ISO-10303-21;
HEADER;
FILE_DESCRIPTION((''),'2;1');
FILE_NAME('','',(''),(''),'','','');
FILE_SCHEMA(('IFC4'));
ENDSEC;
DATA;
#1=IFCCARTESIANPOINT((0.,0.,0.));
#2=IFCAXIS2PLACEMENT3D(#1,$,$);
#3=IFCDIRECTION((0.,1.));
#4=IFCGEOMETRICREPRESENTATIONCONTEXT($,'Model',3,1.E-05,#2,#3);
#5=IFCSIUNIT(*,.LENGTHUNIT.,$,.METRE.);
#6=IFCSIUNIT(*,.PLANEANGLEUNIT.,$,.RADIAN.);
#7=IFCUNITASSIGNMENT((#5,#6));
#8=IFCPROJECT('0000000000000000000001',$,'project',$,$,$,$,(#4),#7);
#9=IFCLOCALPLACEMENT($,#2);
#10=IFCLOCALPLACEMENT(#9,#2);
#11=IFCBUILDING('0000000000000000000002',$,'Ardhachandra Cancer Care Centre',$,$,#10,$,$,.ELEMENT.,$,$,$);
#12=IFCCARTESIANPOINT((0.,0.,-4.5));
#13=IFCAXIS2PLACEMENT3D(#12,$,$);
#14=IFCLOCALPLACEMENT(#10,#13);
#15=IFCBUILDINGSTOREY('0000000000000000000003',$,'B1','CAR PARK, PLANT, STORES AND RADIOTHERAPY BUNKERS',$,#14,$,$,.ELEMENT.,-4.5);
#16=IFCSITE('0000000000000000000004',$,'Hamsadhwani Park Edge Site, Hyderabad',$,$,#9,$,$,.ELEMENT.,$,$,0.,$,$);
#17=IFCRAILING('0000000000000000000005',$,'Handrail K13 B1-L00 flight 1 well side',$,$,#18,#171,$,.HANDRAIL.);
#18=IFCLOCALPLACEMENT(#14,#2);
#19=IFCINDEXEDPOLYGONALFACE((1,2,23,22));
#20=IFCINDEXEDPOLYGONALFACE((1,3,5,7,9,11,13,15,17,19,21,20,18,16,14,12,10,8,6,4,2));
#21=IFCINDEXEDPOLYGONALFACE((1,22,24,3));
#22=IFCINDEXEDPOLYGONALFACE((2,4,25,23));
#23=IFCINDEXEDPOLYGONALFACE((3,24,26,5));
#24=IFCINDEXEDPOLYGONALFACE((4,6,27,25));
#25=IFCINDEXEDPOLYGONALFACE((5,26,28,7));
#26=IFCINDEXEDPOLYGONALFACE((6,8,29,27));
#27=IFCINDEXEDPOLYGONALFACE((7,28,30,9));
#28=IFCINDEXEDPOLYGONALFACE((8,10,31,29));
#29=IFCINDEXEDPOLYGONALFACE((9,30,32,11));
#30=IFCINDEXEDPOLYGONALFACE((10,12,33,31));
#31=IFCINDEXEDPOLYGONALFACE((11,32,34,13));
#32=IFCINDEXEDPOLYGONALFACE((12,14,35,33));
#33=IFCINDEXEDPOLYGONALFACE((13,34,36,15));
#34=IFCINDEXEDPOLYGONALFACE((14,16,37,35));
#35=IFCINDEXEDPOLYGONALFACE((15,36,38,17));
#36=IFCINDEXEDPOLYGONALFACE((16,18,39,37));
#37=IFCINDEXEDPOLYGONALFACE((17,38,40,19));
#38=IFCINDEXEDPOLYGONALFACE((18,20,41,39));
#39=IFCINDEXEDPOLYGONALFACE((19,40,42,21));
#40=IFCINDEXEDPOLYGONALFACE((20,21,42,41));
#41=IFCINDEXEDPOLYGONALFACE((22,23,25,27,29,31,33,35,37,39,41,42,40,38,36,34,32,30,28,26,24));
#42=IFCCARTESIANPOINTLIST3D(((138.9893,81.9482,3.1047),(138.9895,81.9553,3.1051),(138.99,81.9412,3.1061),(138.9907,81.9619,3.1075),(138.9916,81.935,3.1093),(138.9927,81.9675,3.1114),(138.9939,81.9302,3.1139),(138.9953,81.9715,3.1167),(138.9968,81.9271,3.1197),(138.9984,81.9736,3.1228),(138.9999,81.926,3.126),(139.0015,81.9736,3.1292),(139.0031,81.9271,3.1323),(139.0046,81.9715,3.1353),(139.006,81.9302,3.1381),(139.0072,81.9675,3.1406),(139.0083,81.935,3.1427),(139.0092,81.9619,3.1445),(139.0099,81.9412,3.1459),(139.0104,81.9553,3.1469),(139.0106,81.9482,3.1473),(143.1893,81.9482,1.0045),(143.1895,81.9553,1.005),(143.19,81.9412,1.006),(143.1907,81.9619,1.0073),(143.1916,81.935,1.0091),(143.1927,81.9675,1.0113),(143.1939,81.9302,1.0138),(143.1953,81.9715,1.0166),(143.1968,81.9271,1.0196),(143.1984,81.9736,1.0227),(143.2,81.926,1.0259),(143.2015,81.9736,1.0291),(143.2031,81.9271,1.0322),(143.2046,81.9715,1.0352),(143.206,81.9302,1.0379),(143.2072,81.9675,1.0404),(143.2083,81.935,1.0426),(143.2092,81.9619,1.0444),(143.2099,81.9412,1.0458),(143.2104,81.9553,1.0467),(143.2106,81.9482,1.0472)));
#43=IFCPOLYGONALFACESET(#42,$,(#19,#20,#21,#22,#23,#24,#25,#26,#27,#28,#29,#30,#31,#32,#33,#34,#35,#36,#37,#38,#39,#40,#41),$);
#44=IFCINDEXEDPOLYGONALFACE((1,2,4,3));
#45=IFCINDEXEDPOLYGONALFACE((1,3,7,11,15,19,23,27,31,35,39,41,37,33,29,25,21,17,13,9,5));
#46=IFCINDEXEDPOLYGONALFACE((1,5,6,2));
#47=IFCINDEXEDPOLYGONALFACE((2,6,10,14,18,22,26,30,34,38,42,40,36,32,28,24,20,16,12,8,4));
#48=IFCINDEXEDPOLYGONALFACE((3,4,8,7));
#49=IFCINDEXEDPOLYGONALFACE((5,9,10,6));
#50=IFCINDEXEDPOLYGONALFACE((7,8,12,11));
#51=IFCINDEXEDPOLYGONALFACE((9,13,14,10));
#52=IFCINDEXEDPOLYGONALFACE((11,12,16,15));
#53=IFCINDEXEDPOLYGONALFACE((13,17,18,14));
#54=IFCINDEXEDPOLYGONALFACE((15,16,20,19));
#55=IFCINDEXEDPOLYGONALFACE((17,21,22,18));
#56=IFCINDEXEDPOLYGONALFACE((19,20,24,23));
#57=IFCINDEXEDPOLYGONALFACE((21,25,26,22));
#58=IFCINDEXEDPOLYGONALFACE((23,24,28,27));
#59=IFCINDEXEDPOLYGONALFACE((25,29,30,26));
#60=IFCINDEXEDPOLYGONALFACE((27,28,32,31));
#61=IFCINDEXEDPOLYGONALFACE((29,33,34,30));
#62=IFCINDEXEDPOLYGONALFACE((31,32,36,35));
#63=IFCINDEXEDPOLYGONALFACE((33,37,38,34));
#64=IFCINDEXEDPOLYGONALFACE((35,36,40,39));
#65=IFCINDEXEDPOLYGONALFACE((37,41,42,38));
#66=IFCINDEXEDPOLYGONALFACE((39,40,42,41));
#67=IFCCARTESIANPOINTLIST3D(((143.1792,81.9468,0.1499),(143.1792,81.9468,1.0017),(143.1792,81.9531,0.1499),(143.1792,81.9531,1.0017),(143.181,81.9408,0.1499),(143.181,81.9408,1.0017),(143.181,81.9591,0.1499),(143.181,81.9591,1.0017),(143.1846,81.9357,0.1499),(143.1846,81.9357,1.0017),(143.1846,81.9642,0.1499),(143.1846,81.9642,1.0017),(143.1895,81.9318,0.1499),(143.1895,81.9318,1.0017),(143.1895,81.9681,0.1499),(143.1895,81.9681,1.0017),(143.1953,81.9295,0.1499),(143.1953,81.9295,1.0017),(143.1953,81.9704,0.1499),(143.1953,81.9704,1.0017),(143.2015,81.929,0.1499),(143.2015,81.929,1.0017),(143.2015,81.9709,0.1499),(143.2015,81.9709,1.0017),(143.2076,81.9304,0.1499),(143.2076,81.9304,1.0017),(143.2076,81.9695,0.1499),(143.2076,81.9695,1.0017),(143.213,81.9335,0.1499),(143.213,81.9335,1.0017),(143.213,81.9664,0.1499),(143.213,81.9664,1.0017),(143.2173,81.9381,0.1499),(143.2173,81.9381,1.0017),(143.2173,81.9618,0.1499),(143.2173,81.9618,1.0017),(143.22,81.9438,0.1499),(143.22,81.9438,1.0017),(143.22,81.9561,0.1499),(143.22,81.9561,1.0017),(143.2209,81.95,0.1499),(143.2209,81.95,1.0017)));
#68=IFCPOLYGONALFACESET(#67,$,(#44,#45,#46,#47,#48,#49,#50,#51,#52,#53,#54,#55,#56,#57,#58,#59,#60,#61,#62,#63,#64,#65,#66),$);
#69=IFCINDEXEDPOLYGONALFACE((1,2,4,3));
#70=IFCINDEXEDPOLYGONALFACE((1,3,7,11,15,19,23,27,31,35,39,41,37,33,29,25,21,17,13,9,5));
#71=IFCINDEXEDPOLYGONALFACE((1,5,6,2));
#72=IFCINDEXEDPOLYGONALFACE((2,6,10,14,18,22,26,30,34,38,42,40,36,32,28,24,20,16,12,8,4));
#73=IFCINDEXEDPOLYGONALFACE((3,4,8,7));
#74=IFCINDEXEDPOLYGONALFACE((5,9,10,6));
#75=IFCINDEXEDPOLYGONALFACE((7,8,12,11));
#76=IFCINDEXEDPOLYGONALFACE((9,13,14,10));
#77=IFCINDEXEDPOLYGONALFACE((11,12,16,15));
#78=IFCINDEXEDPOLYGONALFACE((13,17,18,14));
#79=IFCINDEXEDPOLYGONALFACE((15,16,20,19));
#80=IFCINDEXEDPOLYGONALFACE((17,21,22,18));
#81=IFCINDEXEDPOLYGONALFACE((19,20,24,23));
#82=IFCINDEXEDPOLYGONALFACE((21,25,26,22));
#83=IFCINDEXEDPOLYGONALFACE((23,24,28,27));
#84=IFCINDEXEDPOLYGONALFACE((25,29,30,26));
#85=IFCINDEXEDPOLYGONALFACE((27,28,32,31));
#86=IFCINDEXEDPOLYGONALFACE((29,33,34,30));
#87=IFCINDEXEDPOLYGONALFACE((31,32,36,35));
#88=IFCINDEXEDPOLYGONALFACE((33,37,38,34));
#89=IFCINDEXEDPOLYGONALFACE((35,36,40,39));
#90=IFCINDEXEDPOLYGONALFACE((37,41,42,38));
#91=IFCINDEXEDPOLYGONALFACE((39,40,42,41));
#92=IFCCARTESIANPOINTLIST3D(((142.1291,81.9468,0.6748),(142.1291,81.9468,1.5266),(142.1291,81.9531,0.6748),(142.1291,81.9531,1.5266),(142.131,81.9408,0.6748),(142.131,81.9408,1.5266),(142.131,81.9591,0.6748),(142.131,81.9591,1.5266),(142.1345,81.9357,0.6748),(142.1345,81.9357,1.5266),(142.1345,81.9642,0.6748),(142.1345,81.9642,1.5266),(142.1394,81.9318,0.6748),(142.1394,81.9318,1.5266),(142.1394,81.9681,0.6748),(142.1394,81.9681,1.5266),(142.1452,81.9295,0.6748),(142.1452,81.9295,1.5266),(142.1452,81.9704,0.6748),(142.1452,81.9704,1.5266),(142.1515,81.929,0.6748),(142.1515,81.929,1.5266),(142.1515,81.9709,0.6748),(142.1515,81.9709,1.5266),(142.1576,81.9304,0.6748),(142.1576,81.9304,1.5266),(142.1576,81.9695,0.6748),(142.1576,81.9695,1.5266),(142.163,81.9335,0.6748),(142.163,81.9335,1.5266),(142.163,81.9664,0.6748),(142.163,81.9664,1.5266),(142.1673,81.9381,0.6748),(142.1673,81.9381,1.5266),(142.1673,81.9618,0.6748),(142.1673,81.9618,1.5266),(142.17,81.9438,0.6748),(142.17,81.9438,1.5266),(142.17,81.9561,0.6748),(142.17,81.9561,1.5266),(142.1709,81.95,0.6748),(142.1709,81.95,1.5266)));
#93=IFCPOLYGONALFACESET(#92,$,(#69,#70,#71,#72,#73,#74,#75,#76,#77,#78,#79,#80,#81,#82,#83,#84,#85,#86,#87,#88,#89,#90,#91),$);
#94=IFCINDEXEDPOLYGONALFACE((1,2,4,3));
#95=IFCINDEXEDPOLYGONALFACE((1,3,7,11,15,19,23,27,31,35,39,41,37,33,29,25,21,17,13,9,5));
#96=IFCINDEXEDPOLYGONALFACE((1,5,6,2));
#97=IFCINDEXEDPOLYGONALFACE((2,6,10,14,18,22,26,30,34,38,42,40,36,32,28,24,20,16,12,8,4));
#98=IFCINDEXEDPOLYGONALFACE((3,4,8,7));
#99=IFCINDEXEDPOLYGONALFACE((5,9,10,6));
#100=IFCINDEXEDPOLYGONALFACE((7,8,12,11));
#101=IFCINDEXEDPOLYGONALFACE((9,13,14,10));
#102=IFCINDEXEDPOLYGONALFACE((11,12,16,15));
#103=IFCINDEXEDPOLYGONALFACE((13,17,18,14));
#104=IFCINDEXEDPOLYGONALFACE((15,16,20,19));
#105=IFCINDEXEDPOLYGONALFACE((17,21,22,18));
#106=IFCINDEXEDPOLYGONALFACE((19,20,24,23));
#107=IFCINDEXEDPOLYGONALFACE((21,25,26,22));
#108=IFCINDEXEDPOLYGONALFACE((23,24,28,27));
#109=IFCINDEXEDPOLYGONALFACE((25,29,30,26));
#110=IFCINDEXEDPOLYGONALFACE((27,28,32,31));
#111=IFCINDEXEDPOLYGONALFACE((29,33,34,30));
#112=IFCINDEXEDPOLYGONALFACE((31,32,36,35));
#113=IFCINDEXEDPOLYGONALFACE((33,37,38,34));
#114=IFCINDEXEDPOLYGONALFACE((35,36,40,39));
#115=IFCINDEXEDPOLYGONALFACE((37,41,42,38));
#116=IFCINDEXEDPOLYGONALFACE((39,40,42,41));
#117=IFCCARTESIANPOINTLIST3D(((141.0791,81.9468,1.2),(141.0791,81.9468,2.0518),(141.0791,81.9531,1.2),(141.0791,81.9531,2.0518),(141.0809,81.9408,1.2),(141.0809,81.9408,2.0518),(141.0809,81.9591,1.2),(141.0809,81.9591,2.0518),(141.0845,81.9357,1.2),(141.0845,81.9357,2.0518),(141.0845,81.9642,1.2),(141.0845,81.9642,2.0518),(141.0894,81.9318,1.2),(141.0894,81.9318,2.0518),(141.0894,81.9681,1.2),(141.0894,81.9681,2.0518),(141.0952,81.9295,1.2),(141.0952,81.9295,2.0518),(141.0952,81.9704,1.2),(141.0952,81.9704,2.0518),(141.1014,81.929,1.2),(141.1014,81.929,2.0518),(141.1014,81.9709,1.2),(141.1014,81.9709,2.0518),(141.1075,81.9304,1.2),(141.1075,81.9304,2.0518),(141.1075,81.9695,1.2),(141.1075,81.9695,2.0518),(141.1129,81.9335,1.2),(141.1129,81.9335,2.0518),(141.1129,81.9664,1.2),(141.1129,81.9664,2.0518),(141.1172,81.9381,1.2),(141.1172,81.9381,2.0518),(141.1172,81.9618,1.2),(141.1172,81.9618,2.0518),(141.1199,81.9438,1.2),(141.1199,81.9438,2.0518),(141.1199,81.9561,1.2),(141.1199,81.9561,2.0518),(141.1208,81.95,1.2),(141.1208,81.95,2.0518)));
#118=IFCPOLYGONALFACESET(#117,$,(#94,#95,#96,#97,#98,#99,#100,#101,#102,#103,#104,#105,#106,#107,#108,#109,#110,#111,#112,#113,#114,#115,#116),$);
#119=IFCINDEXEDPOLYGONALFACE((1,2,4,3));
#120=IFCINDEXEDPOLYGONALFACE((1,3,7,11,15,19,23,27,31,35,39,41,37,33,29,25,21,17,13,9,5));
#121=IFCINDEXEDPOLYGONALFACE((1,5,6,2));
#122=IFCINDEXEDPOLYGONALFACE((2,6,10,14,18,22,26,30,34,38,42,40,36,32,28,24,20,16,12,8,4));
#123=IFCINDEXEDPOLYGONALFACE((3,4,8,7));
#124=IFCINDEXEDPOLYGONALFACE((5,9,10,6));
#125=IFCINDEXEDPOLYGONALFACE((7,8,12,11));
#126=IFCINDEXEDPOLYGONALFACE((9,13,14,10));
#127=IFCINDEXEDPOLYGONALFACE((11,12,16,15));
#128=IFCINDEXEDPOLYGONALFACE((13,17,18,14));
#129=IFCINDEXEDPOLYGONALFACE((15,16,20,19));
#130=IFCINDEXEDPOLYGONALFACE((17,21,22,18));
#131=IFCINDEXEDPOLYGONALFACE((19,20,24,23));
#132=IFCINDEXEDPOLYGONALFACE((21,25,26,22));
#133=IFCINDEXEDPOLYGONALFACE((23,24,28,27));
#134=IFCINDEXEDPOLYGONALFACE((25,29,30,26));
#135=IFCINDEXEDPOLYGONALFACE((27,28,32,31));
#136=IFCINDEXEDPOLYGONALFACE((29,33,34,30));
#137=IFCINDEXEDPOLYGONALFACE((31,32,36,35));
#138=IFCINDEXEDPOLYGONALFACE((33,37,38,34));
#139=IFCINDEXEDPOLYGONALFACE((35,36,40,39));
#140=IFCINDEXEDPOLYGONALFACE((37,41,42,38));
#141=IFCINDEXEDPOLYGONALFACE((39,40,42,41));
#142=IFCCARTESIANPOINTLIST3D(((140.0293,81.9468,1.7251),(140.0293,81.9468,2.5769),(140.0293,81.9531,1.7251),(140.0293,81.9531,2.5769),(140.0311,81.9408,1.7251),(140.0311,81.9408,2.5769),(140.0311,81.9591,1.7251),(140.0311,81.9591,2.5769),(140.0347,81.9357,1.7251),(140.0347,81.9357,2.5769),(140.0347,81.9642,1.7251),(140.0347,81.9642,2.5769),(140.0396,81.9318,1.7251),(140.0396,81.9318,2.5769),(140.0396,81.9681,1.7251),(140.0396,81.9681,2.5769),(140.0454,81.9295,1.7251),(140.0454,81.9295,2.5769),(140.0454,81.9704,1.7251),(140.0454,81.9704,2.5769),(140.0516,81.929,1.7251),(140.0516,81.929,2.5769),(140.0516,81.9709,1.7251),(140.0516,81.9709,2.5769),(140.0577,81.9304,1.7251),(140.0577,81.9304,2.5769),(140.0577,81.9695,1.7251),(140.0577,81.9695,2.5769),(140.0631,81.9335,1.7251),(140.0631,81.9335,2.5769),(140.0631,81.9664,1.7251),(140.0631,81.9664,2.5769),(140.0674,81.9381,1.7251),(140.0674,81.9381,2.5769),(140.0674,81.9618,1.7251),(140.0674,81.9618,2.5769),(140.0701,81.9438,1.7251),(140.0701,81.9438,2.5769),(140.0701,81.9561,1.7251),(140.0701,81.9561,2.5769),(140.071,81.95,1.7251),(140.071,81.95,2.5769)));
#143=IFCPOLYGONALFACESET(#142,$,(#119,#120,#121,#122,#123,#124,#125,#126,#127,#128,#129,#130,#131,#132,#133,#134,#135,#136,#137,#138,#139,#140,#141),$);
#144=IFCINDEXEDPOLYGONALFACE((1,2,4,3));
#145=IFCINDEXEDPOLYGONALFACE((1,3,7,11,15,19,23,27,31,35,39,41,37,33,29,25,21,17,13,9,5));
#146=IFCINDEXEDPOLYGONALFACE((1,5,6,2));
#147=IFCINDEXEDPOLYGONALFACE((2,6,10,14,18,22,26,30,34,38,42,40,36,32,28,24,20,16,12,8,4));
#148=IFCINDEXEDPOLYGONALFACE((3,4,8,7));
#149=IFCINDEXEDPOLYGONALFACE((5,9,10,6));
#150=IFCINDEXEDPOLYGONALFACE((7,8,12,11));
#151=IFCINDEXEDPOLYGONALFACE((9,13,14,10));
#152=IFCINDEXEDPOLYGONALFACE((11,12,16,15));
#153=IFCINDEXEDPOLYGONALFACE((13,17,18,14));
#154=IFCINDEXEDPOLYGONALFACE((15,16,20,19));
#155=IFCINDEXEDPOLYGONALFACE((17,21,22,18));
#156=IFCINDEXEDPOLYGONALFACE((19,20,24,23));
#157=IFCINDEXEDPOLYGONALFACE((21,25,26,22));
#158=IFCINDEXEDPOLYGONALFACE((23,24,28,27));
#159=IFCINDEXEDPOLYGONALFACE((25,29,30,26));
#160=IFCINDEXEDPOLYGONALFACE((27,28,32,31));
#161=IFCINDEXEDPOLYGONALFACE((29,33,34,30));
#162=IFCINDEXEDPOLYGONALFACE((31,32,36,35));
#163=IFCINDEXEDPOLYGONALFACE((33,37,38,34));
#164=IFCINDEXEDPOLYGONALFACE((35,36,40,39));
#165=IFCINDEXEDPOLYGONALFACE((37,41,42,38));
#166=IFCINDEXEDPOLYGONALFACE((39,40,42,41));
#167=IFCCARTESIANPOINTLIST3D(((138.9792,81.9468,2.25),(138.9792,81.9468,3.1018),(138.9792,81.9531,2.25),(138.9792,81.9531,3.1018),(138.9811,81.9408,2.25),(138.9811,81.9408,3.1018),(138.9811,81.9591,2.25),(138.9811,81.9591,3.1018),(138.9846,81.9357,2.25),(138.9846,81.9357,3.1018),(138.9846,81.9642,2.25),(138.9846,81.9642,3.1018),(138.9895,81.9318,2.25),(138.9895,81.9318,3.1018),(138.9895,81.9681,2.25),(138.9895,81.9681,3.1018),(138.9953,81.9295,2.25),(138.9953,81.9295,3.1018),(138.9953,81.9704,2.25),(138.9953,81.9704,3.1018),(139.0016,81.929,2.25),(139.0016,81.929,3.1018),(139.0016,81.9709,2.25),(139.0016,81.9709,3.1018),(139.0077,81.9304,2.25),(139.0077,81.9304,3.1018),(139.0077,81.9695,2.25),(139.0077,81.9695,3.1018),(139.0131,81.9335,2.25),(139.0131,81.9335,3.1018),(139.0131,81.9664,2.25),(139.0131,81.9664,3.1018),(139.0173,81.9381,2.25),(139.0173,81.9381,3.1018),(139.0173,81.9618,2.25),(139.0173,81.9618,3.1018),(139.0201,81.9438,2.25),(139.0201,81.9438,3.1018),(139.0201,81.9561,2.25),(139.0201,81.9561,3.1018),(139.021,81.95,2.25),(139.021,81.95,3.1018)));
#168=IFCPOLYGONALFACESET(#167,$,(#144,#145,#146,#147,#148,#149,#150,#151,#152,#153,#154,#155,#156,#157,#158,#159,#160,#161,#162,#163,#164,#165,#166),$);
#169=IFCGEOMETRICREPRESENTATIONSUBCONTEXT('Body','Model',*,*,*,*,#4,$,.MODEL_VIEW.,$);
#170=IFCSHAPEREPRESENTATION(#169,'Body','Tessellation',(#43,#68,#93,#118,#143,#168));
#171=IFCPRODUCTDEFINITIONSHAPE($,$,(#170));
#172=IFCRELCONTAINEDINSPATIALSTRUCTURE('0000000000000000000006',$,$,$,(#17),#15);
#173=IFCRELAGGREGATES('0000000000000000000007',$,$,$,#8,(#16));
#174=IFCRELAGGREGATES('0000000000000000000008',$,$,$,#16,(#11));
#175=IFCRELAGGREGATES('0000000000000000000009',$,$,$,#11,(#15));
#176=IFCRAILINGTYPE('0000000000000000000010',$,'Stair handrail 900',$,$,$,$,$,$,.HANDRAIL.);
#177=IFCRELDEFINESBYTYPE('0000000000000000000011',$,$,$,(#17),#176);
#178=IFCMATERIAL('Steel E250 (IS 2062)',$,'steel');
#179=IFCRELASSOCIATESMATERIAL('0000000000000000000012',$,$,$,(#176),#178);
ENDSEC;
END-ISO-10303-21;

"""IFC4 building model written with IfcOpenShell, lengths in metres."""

from ifc_helpers import new_model, si_unit, direction, frame, origin, origin_2d, place, context, subcontext, project, spatial, circle, extrude, material, type_object, element, save


model = new_model("IFC4")

# Units and contexts
model_context = context("Model", 3, precision=1e-05, world=origin(), true_north=direction((0.0, 1.0)))
body_context = subcontext(model_context, "Body", "Model", "MODEL_VIEW")
ifc_project = project(units=[si_unit("LENGTHUNIT", "METRE"), si_unit("PLANEANGLEUNIT", "RADIAN")], contexts=[model_context])

# Site, building, storey
site_placement = place(None, origin())
site = spatial("IfcSite", under=ifc_project, at=site_placement, Name="Hamsadhwani Park Edge Site, Hyderabad", CompositionType="ELEMENT", RefElevation=0.0)
building_placement = place(site_placement, origin())
building = spatial("IfcBuilding", under=site, at=building_placement, Name="Ardhachandra Cancer Care Centre", CompositionType="ELEMENT")
storey_placement = place(building_placement, frame((0.0, 0.0, -4.5)))
storey = spatial("IfcBuildingStorey", under=building, at=storey_placement, Name="B1", Description="CAR PARK, PLANT, STORES AND RADIOTHERAPY BUNKERS", CompositionType="ELEMENT", Elevation=-4.5)

# Railing
ifc_material_1 = material(Name="Steel E250 (IS 2062)", Category="steel")
railing_type = type_object("IfcRailingType", Name="Stair handrail 900", PredefinedType="HANDRAIL", material=ifc_material_1)
for number, where, name in (
    (1, (143.2, 81.95, 0.1499), "Handrail K13 B1-L00 flight 1 well side"),
):
    element("IfcRailing", number, at=place(storey_placement, frame(where)), inside=storey, type_object=railing_type, Name=name, PredefinedType="HANDRAIL", context=body_context, shape_type="SweptSolid", body=[
        extrude(circle(Radius=0.0239, at=origin_2d()), frame((0.0, 0.0, 0.876), z_axis=(-0.894417, 0.0, 0.447234), x_axis=(0.0, -1.0, 0.0)), (0.0, 0.0, 1.0), 4.6958),
        extrude(circle(Radius=0.021, at=origin_2d()), origin(), (0.0, 0.0, 1.0), 0.8518),
        extrude(circle(Radius=0.021, at=origin_2d()), frame((-1.05, 0.0, 0.5249)), (0.0, 0.0, 1.0), 0.8518),
        extrude(circle(Radius=0.021, at=origin_2d()), frame((-2.1001, 0.0, 1.05)), (0.0, 0.0, 1.0), 0.8518),
        extrude(circle(Radius=0.021, at=origin_2d()), frame((-3.1499, 0.0, 1.5752)), (0.0, 0.0, 1.0), 0.8518),
        extrude(circle(Radius=0.021, at=origin_2d()), frame((-4.2, 0.0, 2.1001)), (0.0, 0.0, 1.0), 0.8518),
    ])

save(model, "model.ifc")
